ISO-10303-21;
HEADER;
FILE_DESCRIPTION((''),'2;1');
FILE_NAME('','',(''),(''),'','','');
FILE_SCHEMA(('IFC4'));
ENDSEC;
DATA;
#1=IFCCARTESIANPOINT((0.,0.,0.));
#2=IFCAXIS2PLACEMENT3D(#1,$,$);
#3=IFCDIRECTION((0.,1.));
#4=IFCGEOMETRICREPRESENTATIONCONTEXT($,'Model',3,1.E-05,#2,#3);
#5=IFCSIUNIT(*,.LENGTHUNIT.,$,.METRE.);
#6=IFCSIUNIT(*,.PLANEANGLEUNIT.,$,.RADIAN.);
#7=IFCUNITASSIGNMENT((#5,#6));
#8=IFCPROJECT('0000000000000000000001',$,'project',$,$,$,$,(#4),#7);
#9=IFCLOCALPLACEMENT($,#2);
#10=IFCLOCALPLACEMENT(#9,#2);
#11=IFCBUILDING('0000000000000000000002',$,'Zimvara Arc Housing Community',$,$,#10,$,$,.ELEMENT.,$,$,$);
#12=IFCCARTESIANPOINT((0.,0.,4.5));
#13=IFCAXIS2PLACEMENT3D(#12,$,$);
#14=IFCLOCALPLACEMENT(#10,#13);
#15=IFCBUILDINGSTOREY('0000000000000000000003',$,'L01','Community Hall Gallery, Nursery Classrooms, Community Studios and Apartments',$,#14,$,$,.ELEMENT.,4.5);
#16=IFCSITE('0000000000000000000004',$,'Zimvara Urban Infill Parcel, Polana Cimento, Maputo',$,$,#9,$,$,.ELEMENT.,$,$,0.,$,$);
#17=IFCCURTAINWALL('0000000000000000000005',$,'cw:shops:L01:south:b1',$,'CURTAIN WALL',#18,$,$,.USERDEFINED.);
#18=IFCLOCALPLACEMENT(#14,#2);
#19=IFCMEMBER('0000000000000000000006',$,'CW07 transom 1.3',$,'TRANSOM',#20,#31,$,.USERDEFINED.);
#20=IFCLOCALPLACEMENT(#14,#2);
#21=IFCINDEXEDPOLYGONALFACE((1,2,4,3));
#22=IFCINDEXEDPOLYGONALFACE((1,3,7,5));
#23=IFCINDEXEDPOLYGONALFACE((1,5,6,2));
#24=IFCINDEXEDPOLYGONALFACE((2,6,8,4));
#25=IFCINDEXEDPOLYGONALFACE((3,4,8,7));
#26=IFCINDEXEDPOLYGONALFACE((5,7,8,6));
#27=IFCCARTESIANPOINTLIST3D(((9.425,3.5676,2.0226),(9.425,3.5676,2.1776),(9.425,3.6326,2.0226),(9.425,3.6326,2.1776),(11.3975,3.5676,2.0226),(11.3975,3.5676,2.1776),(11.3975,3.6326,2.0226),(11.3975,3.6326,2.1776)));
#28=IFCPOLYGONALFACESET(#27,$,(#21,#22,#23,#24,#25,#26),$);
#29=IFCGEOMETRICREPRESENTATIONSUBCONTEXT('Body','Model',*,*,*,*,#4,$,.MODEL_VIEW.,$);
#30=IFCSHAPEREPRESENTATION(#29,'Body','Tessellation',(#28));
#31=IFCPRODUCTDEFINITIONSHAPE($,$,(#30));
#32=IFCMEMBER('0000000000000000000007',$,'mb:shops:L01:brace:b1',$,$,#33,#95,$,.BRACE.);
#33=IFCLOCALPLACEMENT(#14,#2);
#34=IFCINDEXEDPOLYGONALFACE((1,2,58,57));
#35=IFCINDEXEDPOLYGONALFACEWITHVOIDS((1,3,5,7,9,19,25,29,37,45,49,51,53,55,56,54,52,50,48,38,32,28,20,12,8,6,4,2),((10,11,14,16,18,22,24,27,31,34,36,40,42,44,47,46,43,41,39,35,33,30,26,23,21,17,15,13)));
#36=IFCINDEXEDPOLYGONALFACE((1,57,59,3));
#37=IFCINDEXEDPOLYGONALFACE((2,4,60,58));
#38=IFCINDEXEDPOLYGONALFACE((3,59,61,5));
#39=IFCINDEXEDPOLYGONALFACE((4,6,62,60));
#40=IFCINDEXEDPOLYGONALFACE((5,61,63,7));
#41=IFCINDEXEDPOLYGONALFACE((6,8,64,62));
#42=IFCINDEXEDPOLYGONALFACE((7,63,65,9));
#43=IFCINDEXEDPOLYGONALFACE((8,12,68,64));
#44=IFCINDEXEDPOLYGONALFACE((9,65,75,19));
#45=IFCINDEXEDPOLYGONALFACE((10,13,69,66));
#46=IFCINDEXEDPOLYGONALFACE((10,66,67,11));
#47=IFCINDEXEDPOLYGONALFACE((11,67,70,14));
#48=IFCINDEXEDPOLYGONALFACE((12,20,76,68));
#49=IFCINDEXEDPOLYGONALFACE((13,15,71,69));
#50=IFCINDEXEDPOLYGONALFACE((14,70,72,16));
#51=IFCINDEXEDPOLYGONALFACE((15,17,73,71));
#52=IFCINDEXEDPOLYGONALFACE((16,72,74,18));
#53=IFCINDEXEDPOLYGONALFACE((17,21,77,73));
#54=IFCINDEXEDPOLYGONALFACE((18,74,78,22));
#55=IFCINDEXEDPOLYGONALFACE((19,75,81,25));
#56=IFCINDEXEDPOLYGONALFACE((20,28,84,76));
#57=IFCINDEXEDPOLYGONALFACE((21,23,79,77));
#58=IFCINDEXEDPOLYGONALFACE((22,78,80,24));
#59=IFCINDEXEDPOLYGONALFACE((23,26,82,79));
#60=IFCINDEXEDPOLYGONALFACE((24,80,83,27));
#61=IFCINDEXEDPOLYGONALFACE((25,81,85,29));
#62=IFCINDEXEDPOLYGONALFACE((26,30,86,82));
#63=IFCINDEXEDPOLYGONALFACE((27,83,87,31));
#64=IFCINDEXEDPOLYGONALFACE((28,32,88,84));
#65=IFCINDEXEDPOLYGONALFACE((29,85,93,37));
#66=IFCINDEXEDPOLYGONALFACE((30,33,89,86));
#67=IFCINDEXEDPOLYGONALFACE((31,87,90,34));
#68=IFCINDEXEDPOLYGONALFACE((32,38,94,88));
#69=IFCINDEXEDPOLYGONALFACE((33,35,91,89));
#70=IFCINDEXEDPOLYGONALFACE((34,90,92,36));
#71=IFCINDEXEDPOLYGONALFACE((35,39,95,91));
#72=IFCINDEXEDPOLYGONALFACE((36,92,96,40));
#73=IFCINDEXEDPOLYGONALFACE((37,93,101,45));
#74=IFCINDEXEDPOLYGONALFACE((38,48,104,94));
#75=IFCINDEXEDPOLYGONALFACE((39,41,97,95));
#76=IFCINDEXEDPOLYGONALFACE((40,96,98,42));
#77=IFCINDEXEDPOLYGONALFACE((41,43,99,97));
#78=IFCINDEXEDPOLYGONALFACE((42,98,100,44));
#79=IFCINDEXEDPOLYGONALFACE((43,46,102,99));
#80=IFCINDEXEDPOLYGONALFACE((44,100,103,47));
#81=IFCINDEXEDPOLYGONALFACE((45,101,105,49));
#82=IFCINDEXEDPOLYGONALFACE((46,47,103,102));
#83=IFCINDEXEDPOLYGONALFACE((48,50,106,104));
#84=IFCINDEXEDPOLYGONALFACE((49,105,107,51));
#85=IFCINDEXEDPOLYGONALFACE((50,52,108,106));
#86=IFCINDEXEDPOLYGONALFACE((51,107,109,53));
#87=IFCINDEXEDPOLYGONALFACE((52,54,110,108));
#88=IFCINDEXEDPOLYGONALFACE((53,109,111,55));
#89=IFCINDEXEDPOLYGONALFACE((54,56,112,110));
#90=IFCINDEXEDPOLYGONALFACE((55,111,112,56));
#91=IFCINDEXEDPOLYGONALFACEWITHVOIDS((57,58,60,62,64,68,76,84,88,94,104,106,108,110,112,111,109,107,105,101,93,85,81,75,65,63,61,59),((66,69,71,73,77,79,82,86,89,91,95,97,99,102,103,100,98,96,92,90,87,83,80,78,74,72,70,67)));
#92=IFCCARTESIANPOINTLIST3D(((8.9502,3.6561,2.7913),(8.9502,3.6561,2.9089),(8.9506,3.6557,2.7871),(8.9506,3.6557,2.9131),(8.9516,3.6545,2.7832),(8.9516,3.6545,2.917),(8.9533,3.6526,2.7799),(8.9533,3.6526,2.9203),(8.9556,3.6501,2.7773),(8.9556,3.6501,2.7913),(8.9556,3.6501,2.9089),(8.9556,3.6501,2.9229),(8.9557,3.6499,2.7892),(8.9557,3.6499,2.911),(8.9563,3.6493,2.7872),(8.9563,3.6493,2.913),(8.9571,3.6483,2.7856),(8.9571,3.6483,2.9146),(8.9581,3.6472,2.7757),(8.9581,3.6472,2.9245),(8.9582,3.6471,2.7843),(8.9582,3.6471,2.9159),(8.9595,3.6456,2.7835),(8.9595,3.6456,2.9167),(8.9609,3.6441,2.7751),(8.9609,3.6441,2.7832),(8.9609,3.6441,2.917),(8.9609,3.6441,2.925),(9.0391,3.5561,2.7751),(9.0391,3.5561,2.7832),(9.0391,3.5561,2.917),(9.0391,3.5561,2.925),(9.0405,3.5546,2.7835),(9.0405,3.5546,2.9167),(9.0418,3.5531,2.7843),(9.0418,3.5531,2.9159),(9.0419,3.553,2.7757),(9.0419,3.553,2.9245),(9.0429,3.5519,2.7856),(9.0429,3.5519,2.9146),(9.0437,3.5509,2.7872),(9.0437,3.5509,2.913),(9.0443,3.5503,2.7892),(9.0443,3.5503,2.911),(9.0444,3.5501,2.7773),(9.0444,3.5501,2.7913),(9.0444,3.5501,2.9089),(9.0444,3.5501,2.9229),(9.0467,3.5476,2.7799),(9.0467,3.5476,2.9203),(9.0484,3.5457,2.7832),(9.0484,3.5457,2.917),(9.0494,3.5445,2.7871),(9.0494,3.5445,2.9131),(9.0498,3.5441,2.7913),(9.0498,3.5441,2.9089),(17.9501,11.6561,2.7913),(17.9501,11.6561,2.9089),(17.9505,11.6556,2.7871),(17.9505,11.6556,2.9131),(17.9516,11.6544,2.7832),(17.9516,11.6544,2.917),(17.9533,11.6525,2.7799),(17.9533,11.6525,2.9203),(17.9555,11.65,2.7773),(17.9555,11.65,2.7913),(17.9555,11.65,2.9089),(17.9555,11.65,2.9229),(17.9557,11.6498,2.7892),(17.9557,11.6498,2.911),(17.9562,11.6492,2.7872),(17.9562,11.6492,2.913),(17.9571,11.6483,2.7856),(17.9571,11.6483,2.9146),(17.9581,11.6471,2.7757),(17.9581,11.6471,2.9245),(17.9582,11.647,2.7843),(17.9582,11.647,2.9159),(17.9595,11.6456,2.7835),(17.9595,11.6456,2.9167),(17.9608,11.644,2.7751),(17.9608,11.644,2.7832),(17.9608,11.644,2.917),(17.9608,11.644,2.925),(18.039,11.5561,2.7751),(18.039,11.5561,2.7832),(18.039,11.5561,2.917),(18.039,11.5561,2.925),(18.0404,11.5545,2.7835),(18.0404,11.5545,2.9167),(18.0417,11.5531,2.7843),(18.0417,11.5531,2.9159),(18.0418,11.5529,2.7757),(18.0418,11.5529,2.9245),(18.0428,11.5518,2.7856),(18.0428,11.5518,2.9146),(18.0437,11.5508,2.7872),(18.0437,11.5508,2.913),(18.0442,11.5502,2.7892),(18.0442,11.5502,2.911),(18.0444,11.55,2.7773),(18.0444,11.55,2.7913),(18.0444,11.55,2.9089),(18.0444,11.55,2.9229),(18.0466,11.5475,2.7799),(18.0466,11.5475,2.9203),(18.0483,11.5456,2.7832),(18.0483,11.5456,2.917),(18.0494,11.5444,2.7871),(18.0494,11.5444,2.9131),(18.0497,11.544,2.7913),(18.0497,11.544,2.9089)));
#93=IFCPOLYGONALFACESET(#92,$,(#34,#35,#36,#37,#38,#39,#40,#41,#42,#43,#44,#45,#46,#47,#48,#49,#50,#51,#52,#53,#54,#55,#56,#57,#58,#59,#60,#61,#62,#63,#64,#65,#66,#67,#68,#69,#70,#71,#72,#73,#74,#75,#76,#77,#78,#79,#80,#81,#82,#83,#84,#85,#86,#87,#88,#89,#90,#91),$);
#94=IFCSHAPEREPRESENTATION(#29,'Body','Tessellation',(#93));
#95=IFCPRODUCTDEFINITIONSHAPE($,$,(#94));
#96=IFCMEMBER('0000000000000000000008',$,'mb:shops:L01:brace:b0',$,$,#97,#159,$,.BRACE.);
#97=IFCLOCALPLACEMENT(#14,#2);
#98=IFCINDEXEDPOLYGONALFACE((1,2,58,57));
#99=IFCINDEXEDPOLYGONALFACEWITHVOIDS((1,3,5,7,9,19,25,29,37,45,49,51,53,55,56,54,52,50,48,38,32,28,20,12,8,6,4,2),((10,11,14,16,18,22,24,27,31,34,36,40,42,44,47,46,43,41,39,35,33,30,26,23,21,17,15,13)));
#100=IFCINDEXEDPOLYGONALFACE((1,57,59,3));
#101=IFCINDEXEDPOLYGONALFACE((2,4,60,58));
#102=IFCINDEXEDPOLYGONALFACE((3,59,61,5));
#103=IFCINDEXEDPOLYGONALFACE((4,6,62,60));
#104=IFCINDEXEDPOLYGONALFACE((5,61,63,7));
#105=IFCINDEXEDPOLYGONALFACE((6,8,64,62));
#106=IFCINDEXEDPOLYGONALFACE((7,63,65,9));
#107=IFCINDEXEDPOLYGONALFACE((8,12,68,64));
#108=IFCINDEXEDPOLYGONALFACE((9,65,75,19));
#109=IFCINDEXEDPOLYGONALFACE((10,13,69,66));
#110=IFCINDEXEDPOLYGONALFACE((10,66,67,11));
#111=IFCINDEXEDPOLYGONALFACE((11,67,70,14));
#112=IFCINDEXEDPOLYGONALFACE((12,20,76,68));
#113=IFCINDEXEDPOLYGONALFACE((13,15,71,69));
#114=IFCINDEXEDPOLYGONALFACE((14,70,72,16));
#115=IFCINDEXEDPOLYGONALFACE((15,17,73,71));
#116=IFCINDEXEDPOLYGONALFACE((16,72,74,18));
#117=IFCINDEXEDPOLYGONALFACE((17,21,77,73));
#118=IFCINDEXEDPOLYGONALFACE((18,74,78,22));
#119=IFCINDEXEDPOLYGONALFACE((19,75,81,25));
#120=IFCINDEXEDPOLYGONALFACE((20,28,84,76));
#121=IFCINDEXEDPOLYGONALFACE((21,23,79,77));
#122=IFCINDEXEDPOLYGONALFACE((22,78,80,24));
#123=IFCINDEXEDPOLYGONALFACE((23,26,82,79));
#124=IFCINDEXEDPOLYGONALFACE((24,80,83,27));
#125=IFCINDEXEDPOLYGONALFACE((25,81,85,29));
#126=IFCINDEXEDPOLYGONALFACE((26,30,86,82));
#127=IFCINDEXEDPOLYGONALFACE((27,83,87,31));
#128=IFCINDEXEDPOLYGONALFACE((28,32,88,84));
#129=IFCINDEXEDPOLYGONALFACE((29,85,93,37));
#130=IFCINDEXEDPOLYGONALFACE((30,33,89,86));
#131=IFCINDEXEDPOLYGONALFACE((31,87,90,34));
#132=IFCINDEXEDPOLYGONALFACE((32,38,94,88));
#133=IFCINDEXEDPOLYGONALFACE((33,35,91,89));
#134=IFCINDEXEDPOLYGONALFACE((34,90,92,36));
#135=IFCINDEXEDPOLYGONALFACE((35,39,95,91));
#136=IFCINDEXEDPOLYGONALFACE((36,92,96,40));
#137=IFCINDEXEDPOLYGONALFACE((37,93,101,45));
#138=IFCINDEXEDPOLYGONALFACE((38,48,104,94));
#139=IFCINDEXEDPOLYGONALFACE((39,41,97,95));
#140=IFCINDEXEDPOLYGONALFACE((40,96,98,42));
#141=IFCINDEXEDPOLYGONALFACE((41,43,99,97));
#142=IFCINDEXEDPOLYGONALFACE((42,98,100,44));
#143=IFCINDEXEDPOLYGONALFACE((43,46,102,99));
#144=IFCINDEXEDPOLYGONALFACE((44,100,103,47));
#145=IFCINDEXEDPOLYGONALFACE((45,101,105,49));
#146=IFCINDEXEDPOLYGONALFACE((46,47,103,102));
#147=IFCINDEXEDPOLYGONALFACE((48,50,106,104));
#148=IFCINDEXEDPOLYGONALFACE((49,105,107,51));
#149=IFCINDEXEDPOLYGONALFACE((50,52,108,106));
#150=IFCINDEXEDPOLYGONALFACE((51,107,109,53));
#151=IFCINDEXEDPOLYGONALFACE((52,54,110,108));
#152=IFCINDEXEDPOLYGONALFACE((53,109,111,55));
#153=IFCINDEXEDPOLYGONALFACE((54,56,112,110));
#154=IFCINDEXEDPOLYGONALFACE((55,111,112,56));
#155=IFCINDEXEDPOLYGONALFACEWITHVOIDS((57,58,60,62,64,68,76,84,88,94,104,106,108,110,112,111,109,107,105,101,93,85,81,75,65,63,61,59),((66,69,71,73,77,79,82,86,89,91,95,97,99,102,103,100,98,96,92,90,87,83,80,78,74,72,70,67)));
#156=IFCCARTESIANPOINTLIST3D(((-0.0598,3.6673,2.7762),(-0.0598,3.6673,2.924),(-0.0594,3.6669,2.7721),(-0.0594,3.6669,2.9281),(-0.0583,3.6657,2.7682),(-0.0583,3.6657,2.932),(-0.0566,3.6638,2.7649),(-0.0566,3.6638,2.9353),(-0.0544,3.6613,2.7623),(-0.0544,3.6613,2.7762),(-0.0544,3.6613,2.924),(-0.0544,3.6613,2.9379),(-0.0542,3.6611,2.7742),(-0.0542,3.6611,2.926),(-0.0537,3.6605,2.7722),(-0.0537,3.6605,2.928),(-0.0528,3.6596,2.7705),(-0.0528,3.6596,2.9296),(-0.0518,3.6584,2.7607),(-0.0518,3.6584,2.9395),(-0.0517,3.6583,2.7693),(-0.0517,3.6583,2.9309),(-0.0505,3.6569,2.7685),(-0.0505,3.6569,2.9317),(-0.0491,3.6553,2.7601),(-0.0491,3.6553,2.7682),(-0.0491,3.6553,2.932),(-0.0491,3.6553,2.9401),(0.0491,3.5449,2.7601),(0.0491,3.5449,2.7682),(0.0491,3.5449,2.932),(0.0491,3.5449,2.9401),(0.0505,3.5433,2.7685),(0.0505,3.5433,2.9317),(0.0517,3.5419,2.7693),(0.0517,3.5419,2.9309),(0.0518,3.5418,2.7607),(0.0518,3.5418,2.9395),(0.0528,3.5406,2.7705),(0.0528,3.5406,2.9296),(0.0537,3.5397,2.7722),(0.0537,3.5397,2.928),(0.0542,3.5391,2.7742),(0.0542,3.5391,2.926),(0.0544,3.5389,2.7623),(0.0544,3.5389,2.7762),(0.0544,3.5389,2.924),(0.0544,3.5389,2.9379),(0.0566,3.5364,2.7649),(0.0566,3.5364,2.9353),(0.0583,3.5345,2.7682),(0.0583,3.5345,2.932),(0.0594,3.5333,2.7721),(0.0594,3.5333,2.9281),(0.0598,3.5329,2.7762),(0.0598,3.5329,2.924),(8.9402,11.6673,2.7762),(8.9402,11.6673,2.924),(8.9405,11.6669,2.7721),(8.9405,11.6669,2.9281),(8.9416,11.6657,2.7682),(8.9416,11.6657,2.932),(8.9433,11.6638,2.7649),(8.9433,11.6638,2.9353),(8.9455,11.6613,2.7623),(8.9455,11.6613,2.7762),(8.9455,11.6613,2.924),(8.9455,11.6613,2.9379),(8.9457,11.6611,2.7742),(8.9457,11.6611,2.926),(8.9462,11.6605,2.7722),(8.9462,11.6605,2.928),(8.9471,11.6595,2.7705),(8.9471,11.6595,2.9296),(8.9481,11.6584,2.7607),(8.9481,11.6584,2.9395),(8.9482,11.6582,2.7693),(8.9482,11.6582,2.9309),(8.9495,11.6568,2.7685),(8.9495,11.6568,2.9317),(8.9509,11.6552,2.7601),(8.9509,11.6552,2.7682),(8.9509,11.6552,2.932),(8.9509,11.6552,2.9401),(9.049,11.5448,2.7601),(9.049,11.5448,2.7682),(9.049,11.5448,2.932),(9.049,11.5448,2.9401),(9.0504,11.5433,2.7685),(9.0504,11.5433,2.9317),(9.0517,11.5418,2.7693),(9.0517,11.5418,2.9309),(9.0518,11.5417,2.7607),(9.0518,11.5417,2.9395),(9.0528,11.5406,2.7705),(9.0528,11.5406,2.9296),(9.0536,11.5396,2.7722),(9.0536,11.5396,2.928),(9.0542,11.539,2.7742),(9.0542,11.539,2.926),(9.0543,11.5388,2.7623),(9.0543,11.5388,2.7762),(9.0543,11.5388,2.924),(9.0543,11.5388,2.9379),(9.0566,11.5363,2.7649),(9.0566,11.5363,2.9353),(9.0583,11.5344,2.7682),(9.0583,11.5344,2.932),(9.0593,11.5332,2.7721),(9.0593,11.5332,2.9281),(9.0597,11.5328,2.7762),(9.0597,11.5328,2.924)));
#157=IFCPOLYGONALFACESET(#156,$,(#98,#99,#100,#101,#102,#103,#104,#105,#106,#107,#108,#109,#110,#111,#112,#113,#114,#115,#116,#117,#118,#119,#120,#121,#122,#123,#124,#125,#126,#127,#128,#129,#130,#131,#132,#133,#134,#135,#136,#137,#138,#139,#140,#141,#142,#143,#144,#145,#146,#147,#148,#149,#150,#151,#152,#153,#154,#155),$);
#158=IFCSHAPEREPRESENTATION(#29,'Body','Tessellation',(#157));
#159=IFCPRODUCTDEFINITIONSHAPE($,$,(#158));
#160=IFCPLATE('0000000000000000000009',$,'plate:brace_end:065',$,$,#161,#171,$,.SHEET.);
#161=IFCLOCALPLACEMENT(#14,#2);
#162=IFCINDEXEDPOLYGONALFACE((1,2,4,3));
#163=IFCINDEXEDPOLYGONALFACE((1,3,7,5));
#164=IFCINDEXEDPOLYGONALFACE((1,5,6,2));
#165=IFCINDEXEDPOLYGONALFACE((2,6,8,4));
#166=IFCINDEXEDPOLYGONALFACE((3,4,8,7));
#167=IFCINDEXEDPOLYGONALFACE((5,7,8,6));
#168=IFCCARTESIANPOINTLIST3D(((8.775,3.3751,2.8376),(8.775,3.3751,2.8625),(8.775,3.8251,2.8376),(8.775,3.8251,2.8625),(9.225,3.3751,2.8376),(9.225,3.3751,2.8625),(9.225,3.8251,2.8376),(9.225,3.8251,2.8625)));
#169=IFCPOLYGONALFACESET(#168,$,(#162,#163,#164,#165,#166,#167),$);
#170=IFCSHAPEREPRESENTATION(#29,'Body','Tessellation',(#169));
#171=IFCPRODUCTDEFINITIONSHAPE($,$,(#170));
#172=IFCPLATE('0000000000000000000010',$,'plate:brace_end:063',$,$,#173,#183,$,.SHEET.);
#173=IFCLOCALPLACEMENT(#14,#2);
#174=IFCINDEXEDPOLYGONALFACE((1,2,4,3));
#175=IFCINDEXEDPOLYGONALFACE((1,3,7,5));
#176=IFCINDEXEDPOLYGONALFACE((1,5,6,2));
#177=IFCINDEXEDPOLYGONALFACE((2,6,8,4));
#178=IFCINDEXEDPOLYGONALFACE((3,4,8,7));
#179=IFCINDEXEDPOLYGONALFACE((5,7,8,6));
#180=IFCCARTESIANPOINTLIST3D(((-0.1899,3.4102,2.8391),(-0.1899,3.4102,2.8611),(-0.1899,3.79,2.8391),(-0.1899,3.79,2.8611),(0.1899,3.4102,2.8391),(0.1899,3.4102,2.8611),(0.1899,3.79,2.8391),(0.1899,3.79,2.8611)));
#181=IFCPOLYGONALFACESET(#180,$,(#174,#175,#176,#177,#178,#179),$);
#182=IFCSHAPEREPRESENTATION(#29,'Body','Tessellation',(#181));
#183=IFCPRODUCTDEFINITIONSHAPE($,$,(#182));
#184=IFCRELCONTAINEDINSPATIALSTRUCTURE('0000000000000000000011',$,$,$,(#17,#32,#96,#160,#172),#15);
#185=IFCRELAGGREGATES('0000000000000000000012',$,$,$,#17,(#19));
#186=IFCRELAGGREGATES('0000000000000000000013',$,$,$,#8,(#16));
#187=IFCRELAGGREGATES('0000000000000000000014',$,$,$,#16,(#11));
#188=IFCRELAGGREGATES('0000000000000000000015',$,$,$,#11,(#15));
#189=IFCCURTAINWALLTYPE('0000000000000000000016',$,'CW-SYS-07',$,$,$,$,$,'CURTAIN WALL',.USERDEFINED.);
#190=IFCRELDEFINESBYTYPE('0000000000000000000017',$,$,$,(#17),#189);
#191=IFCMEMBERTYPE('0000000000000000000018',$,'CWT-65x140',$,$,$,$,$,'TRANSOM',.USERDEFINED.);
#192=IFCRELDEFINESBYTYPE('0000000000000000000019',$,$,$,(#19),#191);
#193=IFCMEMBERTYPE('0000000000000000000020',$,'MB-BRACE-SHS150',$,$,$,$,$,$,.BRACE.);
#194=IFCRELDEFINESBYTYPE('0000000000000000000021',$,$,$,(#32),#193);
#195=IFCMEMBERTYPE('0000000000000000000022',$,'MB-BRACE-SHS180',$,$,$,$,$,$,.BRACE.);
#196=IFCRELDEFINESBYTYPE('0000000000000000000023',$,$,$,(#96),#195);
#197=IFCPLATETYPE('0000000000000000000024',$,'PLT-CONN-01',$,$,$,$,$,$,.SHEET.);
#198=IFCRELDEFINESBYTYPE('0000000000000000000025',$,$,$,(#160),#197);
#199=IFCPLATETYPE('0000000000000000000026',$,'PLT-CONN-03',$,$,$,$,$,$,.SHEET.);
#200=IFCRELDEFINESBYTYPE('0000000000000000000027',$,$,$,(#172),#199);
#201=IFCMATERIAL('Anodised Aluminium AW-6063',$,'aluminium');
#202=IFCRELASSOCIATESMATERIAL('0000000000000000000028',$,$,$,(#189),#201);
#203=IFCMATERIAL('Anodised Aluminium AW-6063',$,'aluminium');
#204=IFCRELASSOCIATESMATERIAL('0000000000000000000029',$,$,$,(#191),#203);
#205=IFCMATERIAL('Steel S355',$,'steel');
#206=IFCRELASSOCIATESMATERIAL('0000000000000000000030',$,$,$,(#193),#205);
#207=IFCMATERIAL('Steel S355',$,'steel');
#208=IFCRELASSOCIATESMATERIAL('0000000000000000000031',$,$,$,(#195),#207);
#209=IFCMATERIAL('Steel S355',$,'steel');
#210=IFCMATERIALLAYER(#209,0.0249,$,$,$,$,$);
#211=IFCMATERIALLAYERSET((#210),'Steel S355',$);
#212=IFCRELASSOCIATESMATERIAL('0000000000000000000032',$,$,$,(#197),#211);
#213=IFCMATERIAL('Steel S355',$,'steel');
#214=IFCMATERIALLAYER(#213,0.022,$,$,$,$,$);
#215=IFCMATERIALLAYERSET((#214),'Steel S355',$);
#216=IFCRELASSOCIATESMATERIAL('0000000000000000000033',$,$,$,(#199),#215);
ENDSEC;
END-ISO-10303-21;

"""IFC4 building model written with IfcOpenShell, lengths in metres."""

from ifc_helpers import new_model, si_unit, direction, frame, origin, origin_2d, place, context, subcontext, project, spatial, rectangle, hollow_rectangle, extrude, material, layer, layer_set, material_profile, profile_set, type_object, element, aggregate, save


model = new_model("IFC4")

# Units and contexts
model_context = context("Model", 3, precision=1e-05, world=origin(), true_north=direction((0.0, 1.0)))
body_context = subcontext(model_context, "Body", "Model", "MODEL_VIEW")
ifc_project = project(units=[si_unit("LENGTHUNIT", "METRE"), si_unit("PLANEANGLEUNIT", "RADIAN")], contexts=[model_context])

# Site, building, storey
site_placement = place(None, origin())
site = spatial("IfcSite", under=ifc_project, at=site_placement, Name="Zimvara Urban Infill Parcel, Polana Cimento, Maputo", CompositionType="ELEMENT", RefElevation=0.0)
building_placement = place(site_placement, origin())
building = spatial("IfcBuilding", under=site, at=building_placement, Name="Zimvara Arc Housing Community", CompositionType="ELEMENT")
storey_placement = place(building_placement, frame((0.0, 0.0, 4.5)))
storey = spatial("IfcBuildingStorey", under=building, at=storey_placement, Name="L01", Description="Community Hall Gallery, Nursery Classrooms, Community Studios and Apartments", CompositionType="ELEMENT", Elevation=4.5)

# Curtain wall, member
ifc_material_1 = material(Name="Anodised Aluminium AW-6063", Category="aluminium")
curtain_wall_type = type_object("IfcCurtainWallType", Name="CW-SYS-07", ElementType="CURTAIN WALL", PredefinedType="USERDEFINED", material=ifc_material_1)
curtain_wall_placement = place(storey_placement, origin())
curtain_wall = element("IfcCurtainWall", 1, at=curtain_wall_placement, inside=storey, type_object=curtain_wall_type, Name="cw:shops:L01:south:b1", ObjectType="CURTAIN WALL", PredefinedType="USERDEFINED")
ifc_material_2 = material(Name="Anodised Aluminium AW-6063", Category="aluminium")
ifc_material_profile_1 = material_profile(ifc_material_2, rectangle(XDim=0.0649, YDim=0.155, at=origin_2d()), Name="ALU 65x155")
ifc_profile_set_1 = profile_set([ifc_material_profile_1], Name="Anodised Aluminium AW-6063")
member_type_1 = type_object("IfcMemberType", Name="CWT-65x140", ElementType="TRANSOM", PredefinedType="USERDEFINED", material=ifc_profile_set_1)
member_1_placement = place(storey_placement, frame((9.425, 3.6001, 2.1001), z_axis=(1.0, 0.0, 0.0), x_axis=(0.0, 1.0, 0.0)))
member_1 = element("IfcMember", 2, at=member_1_placement, type_object=member_type_1, Name="CW07 transom 1.3", ObjectType="TRANSOM", PredefinedType="USERDEFINED", context=body_context, shape_type="SweptSolid", body=[
    extrude(rectangle(XDim=0.0649, YDim=0.155, at=origin_2d()), origin(), (0.0, 0.0, 1.0), 1.9724),
])
aggregate(curtain_wall, [member_1])

# Members
ifc_material_3 = material(Name="Steel S355", Category="steel")
ifc_material_profile_2 = material_profile(ifc_material_3, hollow_rectangle(XDim=0.1499, YDim=0.1499, WallThickness=0.0081, InnerFilletRadius=0.0081, OuterFilletRadius=0.0161, at=origin_2d()), Name="SHS 150x150x8.0")
ifc_profile_set_2 = profile_set([ifc_material_profile_2], Name="Steel S355")
member_type_2 = type_object("IfcMemberType", Name="MB-BRACE-SHS150", PredefinedType="BRACE", material=ifc_profile_set_2)
member_2_placement = place(storey_placement, frame((9.0, 3.6001, 2.8501), z_axis=(0.747409, 0.664364, 0.0), x_axis=(-0.664364, 0.747409, 0.0)))
element("IfcMember", 3, at=member_2_placement, inside=storey, type_object=member_type_2, Name="mb:shops:L01:brace:b1", PredefinedType="BRACE", context=body_context, shape_type="SweptSolid", body=[
    extrude(hollow_rectangle(XDim=0.1499, YDim=0.1499, WallThickness=0.0081, InnerFilletRadius=0.0081, OuterFilletRadius=0.0161, at=origin_2d()), origin(), (0.0, 0.0, 1.0), 12.0415),
])
ifc_material_4 = material(Name="Steel S355", Category="steel")
ifc_material_profile_3 = material_profile(ifc_material_4, hollow_rectangle(XDim=0.1799, YDim=0.1799, WallThickness=0.0081, InnerFilletRadius=0.0081, OuterFilletRadius=0.0161, at=origin_2d()), Name="SHS 180x180x8.0")
ifc_profile_set_3 = profile_set([ifc_material_profile_3], Name="Steel S355")
member_type_3 = type_object("IfcMemberType", Name="MB-BRACE-SHS180", PredefinedType="BRACE", material=ifc_profile_set_3)
member_3_placement = place(storey_placement, frame((0.0, 3.6001, 2.8501), z_axis=(0.747409, 0.664364, 0.0), x_axis=(-0.664364, 0.747409, 0.0)))
element("IfcMember", 4, at=member_3_placement, inside=storey, type_object=member_type_3, Name="mb:shops:L01:brace:b0", PredefinedType="BRACE", context=body_context, shape_type="SweptSolid", body=[
    extrude(hollow_rectangle(XDim=0.1799, YDim=0.1799, WallThickness=0.0081, InnerFilletRadius=0.0081, OuterFilletRadius=0.0161, at=origin_2d()), origin(), (0.0, 0.0, 1.0), 12.0415),
])

# Plates
ifc_material_5 = material(Name="Steel S355", Category="steel")
ifc_layer_1 = layer(ifc_material_5, 0.0249)
ifc_layer_set_1 = layer_set([ifc_layer_1], Name="Steel S355")
plate_type_1 = type_object("IfcPlateType", Name="PLT-CONN-01", PredefinedType="SHEET", material=ifc_layer_set_1)
plate_1_placement = place(storey_placement, frame((9.0, 3.6001, 2.8376), z_axis=(0.0, 0.0, 1.0), x_axis=(1.0, 0.0, 0.0)))
element("IfcPlate", 5, at=plate_1_placement, inside=storey, type_object=plate_type_1, Name="plate:brace_end:065", PredefinedType="SHEET", context=body_context, shape_type="SweptSolid", body=[
    extrude(rectangle(XDim=0.45, YDim=0.45, at=origin_2d()), origin(), (0.0, 0.0, 1.0), 0.0249),
])
ifc_material_6 = material(Name="Steel S355", Category="steel")
ifc_layer_2 = layer(ifc_material_6, 0.022)
ifc_layer_set_2 = layer_set([ifc_layer_2], Name="Steel S355")
plate_type_2 = type_object("IfcPlateType", Name="PLT-CONN-03", PredefinedType="SHEET", material=ifc_layer_set_2)
plate_2_placement = place(storey_placement, frame((0.0, 3.6001, 2.8391), z_axis=(0.0, 0.0, 1.0), x_axis=(1.0, 0.0, 0.0)))
element("IfcPlate", 6, at=plate_2_placement, inside=storey, type_object=plate_type_2, Name="plate:brace_end:063", PredefinedType="SHEET", context=body_context, shape_type="SweptSolid", body=[
    extrude(rectangle(XDim=0.3799, YDim=0.3799, at=origin_2d()), origin(), (0.0, 0.0, 1.0), 0.022),
])

save(model, "model.ifc")
